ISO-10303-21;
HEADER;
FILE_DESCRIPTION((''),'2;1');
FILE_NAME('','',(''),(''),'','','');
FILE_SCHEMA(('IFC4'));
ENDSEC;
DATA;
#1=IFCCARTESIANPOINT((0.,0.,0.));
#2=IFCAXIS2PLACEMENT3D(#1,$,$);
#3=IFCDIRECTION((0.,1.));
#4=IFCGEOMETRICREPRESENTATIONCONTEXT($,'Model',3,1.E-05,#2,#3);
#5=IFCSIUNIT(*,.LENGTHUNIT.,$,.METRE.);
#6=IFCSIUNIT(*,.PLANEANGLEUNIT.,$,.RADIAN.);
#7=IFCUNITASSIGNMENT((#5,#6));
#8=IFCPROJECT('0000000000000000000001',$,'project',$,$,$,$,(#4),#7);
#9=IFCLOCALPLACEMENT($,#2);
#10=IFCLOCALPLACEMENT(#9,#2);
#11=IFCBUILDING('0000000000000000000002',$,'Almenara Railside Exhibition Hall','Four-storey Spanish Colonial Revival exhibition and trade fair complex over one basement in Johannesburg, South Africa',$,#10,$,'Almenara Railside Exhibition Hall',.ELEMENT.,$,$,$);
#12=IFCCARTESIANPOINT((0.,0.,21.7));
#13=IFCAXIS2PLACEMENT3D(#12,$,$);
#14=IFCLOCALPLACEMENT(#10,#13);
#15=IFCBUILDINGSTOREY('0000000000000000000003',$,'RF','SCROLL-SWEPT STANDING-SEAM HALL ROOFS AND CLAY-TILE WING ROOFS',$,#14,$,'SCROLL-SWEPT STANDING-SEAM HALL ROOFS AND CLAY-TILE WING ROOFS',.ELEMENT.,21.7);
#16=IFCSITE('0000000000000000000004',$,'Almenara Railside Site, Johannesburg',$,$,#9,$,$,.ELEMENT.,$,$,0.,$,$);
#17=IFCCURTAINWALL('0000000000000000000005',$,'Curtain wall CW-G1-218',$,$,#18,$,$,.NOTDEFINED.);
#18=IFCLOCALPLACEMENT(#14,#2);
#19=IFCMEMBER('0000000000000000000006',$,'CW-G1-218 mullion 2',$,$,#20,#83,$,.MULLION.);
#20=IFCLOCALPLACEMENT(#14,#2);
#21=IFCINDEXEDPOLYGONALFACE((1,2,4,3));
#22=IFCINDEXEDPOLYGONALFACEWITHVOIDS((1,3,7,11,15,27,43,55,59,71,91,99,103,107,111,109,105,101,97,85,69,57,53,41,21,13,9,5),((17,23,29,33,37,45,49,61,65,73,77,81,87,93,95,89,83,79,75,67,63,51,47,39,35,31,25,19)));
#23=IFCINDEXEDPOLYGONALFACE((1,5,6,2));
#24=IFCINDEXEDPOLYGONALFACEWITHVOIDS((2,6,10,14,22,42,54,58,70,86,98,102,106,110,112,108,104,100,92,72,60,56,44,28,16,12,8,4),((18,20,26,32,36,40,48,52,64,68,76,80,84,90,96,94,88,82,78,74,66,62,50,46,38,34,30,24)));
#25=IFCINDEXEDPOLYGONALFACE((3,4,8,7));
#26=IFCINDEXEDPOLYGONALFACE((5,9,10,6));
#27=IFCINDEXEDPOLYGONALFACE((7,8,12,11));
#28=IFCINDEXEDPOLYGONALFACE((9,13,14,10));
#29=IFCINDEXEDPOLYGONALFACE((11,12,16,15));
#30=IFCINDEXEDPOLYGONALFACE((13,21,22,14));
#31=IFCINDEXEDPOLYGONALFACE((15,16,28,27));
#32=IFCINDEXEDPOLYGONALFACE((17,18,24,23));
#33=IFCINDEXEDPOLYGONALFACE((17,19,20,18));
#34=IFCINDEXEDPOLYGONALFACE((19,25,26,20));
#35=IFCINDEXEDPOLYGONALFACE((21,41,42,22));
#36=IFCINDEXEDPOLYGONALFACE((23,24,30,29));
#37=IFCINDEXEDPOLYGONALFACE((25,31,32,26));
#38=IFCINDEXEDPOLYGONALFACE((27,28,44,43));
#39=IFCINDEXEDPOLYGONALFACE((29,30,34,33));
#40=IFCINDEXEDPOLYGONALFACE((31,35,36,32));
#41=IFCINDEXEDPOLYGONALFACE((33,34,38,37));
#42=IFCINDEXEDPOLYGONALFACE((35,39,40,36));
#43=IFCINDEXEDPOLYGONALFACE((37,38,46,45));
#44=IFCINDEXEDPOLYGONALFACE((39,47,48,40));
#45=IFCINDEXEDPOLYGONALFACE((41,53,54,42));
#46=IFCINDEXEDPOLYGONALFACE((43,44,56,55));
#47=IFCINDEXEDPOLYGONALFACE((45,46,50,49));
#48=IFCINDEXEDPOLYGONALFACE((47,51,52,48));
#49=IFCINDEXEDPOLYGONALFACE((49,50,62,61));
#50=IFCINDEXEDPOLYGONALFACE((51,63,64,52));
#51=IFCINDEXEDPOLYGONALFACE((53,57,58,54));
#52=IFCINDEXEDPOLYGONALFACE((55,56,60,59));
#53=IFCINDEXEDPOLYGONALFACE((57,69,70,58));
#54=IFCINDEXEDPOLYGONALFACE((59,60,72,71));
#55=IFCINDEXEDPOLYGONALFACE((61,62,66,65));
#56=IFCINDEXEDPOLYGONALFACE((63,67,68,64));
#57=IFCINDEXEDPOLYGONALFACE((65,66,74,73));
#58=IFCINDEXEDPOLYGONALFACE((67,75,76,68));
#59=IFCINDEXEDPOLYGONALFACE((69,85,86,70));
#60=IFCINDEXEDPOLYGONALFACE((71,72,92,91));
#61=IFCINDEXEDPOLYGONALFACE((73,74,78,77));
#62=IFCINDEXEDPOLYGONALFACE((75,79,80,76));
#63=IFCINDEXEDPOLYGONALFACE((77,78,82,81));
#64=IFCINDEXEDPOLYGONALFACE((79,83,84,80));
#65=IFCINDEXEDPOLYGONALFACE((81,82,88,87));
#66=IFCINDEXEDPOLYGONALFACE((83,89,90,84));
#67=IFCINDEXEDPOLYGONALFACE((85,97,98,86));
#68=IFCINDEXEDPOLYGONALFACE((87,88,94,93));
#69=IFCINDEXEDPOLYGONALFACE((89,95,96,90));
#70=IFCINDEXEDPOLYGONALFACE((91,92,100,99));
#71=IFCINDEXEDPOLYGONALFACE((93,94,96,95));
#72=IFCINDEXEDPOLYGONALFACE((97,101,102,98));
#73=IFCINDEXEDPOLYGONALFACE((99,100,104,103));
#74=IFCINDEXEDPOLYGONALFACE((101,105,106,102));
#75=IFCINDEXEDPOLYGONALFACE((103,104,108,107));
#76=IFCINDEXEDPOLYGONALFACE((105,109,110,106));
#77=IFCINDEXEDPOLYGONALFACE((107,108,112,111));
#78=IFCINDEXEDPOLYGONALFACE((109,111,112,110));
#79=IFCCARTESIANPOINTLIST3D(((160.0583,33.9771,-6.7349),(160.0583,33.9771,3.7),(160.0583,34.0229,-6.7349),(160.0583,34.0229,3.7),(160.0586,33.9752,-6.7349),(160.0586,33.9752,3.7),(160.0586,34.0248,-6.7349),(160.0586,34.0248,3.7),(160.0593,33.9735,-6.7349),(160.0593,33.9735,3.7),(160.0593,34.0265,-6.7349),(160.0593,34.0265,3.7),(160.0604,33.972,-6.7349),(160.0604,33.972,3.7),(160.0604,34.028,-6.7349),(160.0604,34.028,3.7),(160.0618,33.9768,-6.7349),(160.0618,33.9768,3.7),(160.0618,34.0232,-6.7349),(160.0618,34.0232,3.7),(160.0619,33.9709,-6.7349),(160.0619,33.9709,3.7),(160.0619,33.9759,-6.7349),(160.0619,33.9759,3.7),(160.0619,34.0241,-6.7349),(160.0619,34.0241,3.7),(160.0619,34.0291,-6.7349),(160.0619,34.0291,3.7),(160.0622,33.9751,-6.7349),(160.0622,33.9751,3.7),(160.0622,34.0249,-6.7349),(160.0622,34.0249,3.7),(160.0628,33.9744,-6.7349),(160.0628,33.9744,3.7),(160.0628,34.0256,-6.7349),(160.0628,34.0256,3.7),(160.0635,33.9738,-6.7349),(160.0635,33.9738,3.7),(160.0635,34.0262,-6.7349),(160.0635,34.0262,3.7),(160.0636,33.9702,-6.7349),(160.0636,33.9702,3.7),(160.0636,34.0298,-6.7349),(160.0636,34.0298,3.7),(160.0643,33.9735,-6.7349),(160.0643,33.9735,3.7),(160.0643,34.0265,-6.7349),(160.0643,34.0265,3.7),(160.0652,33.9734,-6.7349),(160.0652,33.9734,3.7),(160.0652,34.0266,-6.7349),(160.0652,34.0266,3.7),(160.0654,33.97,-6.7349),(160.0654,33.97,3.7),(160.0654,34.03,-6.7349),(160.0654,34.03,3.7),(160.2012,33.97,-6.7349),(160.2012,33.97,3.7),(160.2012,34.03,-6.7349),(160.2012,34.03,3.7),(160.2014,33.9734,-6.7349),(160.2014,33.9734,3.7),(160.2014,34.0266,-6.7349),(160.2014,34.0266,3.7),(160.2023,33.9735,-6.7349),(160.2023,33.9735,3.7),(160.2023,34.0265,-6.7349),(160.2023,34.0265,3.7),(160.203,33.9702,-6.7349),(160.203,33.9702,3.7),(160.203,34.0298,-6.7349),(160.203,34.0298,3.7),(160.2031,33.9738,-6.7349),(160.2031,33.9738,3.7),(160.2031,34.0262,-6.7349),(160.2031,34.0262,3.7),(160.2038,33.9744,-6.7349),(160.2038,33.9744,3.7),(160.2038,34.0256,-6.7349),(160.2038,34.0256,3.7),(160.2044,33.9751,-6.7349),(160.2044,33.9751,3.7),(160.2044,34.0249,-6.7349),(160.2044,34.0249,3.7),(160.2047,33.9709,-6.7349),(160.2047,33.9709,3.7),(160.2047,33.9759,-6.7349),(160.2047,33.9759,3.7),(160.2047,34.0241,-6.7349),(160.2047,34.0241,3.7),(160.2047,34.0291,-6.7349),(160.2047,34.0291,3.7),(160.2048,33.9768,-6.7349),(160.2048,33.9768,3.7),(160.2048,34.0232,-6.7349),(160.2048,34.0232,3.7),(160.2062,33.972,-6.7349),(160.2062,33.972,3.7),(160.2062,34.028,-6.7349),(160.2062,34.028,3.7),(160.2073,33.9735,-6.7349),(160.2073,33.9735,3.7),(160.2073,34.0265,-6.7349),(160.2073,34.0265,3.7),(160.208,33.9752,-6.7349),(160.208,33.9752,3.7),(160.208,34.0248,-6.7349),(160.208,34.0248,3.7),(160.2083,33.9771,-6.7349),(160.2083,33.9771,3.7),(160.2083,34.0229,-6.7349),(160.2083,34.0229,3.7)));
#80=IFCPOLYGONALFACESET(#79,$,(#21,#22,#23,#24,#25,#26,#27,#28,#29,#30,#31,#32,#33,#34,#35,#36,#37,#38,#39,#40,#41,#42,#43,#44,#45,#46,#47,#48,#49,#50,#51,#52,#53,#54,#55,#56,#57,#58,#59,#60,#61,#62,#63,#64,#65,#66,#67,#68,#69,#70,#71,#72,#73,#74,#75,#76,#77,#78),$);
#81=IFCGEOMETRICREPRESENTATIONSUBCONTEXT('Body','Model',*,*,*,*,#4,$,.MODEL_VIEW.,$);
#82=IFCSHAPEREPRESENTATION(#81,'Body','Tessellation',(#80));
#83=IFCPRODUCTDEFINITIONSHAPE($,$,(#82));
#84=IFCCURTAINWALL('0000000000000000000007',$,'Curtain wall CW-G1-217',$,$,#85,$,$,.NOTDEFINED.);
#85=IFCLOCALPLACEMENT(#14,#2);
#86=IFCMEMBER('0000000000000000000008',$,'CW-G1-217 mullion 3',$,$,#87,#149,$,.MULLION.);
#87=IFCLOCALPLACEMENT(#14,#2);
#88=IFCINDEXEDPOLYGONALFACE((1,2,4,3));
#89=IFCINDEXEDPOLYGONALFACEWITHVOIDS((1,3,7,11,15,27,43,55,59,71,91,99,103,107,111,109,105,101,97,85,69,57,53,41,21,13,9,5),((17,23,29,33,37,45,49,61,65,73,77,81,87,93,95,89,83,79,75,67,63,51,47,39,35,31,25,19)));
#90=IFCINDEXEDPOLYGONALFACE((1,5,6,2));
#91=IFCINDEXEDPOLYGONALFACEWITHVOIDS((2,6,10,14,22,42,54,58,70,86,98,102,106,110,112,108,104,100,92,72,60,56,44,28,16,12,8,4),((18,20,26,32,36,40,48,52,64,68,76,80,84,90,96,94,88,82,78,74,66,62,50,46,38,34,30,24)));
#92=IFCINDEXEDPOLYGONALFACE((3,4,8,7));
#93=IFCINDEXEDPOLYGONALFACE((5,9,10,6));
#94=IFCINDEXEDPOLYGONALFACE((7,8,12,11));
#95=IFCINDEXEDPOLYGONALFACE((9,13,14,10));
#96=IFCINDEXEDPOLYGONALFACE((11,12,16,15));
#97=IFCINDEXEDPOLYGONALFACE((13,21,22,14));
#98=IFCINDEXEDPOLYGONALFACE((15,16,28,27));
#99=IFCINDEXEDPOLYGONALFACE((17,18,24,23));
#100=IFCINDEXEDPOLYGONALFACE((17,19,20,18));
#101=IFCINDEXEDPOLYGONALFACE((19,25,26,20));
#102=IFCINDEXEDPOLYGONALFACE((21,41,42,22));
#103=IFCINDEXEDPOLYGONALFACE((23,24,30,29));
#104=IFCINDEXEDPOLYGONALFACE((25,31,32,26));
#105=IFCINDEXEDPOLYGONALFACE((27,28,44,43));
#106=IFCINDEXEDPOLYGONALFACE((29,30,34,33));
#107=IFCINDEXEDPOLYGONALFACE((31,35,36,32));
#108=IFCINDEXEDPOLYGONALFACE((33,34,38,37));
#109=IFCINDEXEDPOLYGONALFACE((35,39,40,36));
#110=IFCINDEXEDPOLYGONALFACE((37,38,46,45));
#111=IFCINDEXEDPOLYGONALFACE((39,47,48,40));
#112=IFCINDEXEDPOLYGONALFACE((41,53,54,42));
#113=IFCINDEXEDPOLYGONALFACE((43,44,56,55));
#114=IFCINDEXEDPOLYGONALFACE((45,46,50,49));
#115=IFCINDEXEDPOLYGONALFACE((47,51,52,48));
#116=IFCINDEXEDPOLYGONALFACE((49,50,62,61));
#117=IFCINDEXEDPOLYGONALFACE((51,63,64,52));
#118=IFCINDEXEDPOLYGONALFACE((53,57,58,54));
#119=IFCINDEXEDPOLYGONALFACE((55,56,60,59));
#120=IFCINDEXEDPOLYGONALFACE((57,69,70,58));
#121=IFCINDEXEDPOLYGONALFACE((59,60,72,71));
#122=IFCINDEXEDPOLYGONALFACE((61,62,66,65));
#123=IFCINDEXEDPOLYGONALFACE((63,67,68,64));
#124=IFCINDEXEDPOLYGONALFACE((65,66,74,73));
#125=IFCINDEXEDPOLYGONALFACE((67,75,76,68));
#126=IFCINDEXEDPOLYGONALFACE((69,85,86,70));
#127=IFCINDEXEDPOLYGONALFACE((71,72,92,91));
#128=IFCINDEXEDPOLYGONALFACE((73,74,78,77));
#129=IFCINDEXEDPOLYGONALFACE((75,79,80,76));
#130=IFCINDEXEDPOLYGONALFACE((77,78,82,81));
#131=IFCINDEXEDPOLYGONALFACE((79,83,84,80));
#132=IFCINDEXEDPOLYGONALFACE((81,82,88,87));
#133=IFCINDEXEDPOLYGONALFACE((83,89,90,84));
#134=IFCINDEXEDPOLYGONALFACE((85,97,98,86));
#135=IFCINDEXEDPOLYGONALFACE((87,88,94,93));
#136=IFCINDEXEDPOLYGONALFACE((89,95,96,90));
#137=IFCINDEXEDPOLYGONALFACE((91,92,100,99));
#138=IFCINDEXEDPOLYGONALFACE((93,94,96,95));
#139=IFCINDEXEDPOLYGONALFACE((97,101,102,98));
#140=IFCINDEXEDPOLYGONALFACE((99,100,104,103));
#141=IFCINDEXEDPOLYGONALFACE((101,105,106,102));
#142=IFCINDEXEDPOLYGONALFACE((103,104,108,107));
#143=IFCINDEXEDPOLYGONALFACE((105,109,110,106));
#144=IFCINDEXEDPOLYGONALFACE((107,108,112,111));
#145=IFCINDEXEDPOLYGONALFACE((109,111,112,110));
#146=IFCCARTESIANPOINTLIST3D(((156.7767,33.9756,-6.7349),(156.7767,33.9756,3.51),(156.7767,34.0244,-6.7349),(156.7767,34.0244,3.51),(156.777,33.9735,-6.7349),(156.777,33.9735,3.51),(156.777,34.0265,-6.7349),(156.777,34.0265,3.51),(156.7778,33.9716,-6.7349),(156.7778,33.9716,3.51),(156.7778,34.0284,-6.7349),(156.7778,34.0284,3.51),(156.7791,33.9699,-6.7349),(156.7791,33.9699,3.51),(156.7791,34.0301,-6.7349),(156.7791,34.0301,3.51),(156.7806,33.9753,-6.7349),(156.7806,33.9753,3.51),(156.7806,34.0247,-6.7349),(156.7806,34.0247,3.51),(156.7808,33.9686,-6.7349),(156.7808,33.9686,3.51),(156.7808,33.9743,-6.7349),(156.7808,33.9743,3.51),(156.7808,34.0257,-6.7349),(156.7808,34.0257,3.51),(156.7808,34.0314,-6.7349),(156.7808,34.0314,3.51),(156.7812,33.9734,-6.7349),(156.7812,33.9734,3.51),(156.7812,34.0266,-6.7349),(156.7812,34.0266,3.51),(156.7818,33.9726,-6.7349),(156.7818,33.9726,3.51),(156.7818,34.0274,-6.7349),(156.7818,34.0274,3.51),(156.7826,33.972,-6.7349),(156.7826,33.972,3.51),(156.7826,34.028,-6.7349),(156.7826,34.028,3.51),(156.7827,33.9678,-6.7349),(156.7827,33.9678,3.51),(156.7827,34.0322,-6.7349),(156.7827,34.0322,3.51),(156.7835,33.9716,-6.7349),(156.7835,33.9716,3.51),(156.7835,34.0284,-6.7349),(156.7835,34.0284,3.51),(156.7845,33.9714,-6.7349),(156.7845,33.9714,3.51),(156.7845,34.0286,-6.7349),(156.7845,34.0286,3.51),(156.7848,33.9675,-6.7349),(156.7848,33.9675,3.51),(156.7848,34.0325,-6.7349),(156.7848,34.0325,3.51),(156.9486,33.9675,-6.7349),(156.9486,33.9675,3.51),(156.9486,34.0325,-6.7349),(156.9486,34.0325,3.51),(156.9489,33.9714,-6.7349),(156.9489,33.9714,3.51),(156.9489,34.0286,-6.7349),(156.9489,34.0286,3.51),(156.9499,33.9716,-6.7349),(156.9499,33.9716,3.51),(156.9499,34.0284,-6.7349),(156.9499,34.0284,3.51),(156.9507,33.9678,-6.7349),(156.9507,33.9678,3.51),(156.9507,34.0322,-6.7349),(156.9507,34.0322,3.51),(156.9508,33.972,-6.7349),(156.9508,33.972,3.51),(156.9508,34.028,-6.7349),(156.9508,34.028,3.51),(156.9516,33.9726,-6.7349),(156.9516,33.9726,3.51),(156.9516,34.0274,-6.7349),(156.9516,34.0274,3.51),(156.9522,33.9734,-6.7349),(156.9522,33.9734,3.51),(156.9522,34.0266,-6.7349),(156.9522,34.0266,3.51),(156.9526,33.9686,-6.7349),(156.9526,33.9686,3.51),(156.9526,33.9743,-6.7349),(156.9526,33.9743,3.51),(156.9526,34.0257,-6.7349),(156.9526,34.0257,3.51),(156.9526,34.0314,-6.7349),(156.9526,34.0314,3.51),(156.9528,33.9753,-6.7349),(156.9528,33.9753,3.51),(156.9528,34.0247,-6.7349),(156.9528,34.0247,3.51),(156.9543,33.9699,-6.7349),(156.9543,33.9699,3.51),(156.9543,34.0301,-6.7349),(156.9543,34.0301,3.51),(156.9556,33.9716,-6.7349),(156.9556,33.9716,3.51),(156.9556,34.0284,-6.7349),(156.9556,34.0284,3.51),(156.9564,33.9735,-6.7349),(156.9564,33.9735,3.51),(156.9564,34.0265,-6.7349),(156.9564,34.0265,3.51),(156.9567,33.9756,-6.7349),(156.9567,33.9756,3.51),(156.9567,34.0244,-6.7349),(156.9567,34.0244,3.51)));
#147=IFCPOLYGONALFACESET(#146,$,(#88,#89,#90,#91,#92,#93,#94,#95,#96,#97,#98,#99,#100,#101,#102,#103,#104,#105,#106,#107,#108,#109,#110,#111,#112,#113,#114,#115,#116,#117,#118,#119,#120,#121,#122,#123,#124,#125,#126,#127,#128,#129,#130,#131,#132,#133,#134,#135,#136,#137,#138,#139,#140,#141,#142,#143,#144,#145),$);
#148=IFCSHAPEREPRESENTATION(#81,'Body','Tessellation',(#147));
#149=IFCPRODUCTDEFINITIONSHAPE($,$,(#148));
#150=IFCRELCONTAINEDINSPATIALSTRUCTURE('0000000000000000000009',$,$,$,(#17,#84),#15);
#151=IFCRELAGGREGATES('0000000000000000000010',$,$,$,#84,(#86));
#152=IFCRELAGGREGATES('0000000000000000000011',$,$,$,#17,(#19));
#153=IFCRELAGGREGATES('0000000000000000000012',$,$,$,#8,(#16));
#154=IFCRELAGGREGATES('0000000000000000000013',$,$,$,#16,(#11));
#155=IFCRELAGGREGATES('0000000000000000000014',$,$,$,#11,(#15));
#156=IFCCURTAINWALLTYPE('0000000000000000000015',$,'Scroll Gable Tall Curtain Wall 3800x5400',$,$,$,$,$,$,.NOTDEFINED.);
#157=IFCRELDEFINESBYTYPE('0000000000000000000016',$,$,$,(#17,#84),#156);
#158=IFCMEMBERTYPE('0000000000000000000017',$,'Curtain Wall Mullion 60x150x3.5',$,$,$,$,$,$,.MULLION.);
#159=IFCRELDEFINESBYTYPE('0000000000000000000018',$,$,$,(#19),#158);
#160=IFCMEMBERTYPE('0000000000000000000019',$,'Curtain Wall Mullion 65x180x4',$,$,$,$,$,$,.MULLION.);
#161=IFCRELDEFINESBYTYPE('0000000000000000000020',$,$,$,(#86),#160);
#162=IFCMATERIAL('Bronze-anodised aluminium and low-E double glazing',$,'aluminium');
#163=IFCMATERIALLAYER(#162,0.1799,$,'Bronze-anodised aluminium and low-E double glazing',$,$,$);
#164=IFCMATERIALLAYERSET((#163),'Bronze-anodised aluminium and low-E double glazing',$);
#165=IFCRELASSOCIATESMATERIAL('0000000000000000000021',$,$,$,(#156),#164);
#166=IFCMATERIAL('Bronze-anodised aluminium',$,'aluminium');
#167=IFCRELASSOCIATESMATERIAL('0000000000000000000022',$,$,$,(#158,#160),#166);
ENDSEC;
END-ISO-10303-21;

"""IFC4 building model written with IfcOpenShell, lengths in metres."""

from ifc_helpers import new_model, si_unit, direction, frame, origin, origin_2d, place, context, subcontext, project, spatial, hollow_rectangle, extrude, material, layer, layer_set, material_profile, profile_set, type_object, element, aggregate, save


model = new_model("IFC4")

# Units and contexts
model_context = context("Model", 3, precision=1e-05, world=origin(), true_north=direction((0.0, 1.0)))
body_context = subcontext(model_context, "Body", "Model", "MODEL_VIEW")
ifc_project = project(units=[si_unit("LENGTHUNIT", "METRE"), si_unit("PLANEANGLEUNIT", "RADIAN")], contexts=[model_context])

# Site, building, storey
site_placement = place(None, origin())
site = spatial("IfcSite", under=ifc_project, at=site_placement, Name="Almenara Railside Site, Johannesburg", CompositionType="ELEMENT", RefElevation=0.0)
building_placement = place(site_placement, origin())
building = spatial("IfcBuilding", under=site, at=building_placement, Name="Almenara Railside Exhibition Hall", Description="Four-storey Spanish Colonial Revival exhibition and trade fair complex over one basement in Johannesburg, South Africa", LongName="Almenara Railside Exhibition Hall", CompositionType="ELEMENT")
storey_placement = place(building_placement, frame((0.0, 0.0, 21.7)))
storey = spatial("IfcBuildingStorey", under=building, at=storey_placement, Name="RF", Description="SCROLL-SWEPT STANDING-SEAM HALL ROOFS AND CLAY-TILE WING ROOFS", LongName="SCROLL-SWEPT STANDING-SEAM HALL ROOFS AND CLAY-TILE WING ROOFS", CompositionType="ELEMENT", Elevation=21.7)

# Curtain walls, members
ifc_material_1 = material(Name="Bronze-anodised aluminium and low-E double glazing", Category="aluminium")
ifc_layer_1 = layer(ifc_material_1, 0.1799, Name="Bronze-anodised aluminium and low-E double glazing")
ifc_layer_set_1 = layer_set([ifc_layer_1], Name="Bronze-anodised aluminium and low-E double glazing")
curtain_wall_type = type_object("IfcCurtainWallType", Name="Scroll Gable Tall Curtain Wall 3800x5400", PredefinedType="NOTDEFINED", material=ifc_layer_set_1)
curtain_wall_1_placement = place(storey_placement, origin())
curtain_wall_1 = element("IfcCurtainWall", 1, at=curtain_wall_1_placement, inside=storey, type_object=curtain_wall_type, Name="Curtain wall CW-G1-218", PredefinedType="NOTDEFINED")
ifc_material_2 = material(Name="Bronze-anodised aluminium", Category="aluminium")
ifc_material_profile_1 = material_profile(ifc_material_2, hollow_rectangle(XDim=0.0601, YDim=0.1499, WallThickness=0.0034, InnerFilletRadius=0.0034, OuterFilletRadius=0.0071, at=origin_2d()), Name="ALU-MUL 60x150x3.5")
ifc_profile_set_1 = profile_set([ifc_material_profile_1], Name="Bronze-anodised aluminium")
member_type_1 = type_object("IfcMemberType", Name="Curtain Wall Mullion 60x150x3.5", PredefinedType="MULLION", material=ifc_profile_set_1)
member_1_placement = place(storey_placement, frame((160.1333, 34.0, -6.7349), z_axis=(0.0, 0.0, 1.0), x_axis=(0.0, 1.0, 0.0)))
member_1 = element("IfcMember", 2, at=member_1_placement, type_object=member_type_1, Name="CW-G1-218 mullion 2", PredefinedType="MULLION", context=body_context, shape_type="SweptSolid", body=[
    extrude(hollow_rectangle(XDim=0.0601, YDim=0.1499, WallThickness=0.0034, InnerFilletRadius=0.0034, OuterFilletRadius=0.0071, at=origin_2d()), origin(), (0.0, 0.0, 1.0), 10.4348),
])
curtain_wall_2_placement = place(storey_placement, origin())
curtain_wall_2 = element("IfcCurtainWall", 3, at=curtain_wall_2_placement, inside=storey, type_object=curtain_wall_type, Name="Curtain wall CW-G1-217", PredefinedType="NOTDEFINED")
ifc_material_profile_2 = material_profile(ifc_material_2, hollow_rectangle(XDim=0.0649, YDim=0.1799, WallThickness=0.0039, InnerFilletRadius=0.0039, OuterFilletRadius=0.0081, at=origin_2d()), Name="ALU-MUL 65x180x4")
ifc_profile_set_2 = profile_set([ifc_material_profile_2], Name="Bronze-anodised aluminium")
member_type_2 = type_object("IfcMemberType", Name="Curtain Wall Mullion 65x180x4", PredefinedType="MULLION", material=ifc_profile_set_2)
member_2_placement = place(storey_placement, frame((156.8667, 34.0, -6.7349), z_axis=(0.0, 0.0, 1.0), x_axis=(0.0, 1.0, 0.0)))
member_2 = element("IfcMember", 4, at=member_2_placement, type_object=member_type_2, Name="CW-G1-217 mullion 3", PredefinedType="MULLION", context=body_context, shape_type="SweptSolid", body=[
    extrude(hollow_rectangle(XDim=0.0649, YDim=0.1799, WallThickness=0.0039, InnerFilletRadius=0.0039, OuterFilletRadius=0.0081, at=origin_2d()), origin(), (0.0, 0.0, 1.0), 10.2449),
])

aggregate(curtain_wall_2, [member_2])
aggregate(curtain_wall_1, [member_1])

save(model, "model.ifc")
